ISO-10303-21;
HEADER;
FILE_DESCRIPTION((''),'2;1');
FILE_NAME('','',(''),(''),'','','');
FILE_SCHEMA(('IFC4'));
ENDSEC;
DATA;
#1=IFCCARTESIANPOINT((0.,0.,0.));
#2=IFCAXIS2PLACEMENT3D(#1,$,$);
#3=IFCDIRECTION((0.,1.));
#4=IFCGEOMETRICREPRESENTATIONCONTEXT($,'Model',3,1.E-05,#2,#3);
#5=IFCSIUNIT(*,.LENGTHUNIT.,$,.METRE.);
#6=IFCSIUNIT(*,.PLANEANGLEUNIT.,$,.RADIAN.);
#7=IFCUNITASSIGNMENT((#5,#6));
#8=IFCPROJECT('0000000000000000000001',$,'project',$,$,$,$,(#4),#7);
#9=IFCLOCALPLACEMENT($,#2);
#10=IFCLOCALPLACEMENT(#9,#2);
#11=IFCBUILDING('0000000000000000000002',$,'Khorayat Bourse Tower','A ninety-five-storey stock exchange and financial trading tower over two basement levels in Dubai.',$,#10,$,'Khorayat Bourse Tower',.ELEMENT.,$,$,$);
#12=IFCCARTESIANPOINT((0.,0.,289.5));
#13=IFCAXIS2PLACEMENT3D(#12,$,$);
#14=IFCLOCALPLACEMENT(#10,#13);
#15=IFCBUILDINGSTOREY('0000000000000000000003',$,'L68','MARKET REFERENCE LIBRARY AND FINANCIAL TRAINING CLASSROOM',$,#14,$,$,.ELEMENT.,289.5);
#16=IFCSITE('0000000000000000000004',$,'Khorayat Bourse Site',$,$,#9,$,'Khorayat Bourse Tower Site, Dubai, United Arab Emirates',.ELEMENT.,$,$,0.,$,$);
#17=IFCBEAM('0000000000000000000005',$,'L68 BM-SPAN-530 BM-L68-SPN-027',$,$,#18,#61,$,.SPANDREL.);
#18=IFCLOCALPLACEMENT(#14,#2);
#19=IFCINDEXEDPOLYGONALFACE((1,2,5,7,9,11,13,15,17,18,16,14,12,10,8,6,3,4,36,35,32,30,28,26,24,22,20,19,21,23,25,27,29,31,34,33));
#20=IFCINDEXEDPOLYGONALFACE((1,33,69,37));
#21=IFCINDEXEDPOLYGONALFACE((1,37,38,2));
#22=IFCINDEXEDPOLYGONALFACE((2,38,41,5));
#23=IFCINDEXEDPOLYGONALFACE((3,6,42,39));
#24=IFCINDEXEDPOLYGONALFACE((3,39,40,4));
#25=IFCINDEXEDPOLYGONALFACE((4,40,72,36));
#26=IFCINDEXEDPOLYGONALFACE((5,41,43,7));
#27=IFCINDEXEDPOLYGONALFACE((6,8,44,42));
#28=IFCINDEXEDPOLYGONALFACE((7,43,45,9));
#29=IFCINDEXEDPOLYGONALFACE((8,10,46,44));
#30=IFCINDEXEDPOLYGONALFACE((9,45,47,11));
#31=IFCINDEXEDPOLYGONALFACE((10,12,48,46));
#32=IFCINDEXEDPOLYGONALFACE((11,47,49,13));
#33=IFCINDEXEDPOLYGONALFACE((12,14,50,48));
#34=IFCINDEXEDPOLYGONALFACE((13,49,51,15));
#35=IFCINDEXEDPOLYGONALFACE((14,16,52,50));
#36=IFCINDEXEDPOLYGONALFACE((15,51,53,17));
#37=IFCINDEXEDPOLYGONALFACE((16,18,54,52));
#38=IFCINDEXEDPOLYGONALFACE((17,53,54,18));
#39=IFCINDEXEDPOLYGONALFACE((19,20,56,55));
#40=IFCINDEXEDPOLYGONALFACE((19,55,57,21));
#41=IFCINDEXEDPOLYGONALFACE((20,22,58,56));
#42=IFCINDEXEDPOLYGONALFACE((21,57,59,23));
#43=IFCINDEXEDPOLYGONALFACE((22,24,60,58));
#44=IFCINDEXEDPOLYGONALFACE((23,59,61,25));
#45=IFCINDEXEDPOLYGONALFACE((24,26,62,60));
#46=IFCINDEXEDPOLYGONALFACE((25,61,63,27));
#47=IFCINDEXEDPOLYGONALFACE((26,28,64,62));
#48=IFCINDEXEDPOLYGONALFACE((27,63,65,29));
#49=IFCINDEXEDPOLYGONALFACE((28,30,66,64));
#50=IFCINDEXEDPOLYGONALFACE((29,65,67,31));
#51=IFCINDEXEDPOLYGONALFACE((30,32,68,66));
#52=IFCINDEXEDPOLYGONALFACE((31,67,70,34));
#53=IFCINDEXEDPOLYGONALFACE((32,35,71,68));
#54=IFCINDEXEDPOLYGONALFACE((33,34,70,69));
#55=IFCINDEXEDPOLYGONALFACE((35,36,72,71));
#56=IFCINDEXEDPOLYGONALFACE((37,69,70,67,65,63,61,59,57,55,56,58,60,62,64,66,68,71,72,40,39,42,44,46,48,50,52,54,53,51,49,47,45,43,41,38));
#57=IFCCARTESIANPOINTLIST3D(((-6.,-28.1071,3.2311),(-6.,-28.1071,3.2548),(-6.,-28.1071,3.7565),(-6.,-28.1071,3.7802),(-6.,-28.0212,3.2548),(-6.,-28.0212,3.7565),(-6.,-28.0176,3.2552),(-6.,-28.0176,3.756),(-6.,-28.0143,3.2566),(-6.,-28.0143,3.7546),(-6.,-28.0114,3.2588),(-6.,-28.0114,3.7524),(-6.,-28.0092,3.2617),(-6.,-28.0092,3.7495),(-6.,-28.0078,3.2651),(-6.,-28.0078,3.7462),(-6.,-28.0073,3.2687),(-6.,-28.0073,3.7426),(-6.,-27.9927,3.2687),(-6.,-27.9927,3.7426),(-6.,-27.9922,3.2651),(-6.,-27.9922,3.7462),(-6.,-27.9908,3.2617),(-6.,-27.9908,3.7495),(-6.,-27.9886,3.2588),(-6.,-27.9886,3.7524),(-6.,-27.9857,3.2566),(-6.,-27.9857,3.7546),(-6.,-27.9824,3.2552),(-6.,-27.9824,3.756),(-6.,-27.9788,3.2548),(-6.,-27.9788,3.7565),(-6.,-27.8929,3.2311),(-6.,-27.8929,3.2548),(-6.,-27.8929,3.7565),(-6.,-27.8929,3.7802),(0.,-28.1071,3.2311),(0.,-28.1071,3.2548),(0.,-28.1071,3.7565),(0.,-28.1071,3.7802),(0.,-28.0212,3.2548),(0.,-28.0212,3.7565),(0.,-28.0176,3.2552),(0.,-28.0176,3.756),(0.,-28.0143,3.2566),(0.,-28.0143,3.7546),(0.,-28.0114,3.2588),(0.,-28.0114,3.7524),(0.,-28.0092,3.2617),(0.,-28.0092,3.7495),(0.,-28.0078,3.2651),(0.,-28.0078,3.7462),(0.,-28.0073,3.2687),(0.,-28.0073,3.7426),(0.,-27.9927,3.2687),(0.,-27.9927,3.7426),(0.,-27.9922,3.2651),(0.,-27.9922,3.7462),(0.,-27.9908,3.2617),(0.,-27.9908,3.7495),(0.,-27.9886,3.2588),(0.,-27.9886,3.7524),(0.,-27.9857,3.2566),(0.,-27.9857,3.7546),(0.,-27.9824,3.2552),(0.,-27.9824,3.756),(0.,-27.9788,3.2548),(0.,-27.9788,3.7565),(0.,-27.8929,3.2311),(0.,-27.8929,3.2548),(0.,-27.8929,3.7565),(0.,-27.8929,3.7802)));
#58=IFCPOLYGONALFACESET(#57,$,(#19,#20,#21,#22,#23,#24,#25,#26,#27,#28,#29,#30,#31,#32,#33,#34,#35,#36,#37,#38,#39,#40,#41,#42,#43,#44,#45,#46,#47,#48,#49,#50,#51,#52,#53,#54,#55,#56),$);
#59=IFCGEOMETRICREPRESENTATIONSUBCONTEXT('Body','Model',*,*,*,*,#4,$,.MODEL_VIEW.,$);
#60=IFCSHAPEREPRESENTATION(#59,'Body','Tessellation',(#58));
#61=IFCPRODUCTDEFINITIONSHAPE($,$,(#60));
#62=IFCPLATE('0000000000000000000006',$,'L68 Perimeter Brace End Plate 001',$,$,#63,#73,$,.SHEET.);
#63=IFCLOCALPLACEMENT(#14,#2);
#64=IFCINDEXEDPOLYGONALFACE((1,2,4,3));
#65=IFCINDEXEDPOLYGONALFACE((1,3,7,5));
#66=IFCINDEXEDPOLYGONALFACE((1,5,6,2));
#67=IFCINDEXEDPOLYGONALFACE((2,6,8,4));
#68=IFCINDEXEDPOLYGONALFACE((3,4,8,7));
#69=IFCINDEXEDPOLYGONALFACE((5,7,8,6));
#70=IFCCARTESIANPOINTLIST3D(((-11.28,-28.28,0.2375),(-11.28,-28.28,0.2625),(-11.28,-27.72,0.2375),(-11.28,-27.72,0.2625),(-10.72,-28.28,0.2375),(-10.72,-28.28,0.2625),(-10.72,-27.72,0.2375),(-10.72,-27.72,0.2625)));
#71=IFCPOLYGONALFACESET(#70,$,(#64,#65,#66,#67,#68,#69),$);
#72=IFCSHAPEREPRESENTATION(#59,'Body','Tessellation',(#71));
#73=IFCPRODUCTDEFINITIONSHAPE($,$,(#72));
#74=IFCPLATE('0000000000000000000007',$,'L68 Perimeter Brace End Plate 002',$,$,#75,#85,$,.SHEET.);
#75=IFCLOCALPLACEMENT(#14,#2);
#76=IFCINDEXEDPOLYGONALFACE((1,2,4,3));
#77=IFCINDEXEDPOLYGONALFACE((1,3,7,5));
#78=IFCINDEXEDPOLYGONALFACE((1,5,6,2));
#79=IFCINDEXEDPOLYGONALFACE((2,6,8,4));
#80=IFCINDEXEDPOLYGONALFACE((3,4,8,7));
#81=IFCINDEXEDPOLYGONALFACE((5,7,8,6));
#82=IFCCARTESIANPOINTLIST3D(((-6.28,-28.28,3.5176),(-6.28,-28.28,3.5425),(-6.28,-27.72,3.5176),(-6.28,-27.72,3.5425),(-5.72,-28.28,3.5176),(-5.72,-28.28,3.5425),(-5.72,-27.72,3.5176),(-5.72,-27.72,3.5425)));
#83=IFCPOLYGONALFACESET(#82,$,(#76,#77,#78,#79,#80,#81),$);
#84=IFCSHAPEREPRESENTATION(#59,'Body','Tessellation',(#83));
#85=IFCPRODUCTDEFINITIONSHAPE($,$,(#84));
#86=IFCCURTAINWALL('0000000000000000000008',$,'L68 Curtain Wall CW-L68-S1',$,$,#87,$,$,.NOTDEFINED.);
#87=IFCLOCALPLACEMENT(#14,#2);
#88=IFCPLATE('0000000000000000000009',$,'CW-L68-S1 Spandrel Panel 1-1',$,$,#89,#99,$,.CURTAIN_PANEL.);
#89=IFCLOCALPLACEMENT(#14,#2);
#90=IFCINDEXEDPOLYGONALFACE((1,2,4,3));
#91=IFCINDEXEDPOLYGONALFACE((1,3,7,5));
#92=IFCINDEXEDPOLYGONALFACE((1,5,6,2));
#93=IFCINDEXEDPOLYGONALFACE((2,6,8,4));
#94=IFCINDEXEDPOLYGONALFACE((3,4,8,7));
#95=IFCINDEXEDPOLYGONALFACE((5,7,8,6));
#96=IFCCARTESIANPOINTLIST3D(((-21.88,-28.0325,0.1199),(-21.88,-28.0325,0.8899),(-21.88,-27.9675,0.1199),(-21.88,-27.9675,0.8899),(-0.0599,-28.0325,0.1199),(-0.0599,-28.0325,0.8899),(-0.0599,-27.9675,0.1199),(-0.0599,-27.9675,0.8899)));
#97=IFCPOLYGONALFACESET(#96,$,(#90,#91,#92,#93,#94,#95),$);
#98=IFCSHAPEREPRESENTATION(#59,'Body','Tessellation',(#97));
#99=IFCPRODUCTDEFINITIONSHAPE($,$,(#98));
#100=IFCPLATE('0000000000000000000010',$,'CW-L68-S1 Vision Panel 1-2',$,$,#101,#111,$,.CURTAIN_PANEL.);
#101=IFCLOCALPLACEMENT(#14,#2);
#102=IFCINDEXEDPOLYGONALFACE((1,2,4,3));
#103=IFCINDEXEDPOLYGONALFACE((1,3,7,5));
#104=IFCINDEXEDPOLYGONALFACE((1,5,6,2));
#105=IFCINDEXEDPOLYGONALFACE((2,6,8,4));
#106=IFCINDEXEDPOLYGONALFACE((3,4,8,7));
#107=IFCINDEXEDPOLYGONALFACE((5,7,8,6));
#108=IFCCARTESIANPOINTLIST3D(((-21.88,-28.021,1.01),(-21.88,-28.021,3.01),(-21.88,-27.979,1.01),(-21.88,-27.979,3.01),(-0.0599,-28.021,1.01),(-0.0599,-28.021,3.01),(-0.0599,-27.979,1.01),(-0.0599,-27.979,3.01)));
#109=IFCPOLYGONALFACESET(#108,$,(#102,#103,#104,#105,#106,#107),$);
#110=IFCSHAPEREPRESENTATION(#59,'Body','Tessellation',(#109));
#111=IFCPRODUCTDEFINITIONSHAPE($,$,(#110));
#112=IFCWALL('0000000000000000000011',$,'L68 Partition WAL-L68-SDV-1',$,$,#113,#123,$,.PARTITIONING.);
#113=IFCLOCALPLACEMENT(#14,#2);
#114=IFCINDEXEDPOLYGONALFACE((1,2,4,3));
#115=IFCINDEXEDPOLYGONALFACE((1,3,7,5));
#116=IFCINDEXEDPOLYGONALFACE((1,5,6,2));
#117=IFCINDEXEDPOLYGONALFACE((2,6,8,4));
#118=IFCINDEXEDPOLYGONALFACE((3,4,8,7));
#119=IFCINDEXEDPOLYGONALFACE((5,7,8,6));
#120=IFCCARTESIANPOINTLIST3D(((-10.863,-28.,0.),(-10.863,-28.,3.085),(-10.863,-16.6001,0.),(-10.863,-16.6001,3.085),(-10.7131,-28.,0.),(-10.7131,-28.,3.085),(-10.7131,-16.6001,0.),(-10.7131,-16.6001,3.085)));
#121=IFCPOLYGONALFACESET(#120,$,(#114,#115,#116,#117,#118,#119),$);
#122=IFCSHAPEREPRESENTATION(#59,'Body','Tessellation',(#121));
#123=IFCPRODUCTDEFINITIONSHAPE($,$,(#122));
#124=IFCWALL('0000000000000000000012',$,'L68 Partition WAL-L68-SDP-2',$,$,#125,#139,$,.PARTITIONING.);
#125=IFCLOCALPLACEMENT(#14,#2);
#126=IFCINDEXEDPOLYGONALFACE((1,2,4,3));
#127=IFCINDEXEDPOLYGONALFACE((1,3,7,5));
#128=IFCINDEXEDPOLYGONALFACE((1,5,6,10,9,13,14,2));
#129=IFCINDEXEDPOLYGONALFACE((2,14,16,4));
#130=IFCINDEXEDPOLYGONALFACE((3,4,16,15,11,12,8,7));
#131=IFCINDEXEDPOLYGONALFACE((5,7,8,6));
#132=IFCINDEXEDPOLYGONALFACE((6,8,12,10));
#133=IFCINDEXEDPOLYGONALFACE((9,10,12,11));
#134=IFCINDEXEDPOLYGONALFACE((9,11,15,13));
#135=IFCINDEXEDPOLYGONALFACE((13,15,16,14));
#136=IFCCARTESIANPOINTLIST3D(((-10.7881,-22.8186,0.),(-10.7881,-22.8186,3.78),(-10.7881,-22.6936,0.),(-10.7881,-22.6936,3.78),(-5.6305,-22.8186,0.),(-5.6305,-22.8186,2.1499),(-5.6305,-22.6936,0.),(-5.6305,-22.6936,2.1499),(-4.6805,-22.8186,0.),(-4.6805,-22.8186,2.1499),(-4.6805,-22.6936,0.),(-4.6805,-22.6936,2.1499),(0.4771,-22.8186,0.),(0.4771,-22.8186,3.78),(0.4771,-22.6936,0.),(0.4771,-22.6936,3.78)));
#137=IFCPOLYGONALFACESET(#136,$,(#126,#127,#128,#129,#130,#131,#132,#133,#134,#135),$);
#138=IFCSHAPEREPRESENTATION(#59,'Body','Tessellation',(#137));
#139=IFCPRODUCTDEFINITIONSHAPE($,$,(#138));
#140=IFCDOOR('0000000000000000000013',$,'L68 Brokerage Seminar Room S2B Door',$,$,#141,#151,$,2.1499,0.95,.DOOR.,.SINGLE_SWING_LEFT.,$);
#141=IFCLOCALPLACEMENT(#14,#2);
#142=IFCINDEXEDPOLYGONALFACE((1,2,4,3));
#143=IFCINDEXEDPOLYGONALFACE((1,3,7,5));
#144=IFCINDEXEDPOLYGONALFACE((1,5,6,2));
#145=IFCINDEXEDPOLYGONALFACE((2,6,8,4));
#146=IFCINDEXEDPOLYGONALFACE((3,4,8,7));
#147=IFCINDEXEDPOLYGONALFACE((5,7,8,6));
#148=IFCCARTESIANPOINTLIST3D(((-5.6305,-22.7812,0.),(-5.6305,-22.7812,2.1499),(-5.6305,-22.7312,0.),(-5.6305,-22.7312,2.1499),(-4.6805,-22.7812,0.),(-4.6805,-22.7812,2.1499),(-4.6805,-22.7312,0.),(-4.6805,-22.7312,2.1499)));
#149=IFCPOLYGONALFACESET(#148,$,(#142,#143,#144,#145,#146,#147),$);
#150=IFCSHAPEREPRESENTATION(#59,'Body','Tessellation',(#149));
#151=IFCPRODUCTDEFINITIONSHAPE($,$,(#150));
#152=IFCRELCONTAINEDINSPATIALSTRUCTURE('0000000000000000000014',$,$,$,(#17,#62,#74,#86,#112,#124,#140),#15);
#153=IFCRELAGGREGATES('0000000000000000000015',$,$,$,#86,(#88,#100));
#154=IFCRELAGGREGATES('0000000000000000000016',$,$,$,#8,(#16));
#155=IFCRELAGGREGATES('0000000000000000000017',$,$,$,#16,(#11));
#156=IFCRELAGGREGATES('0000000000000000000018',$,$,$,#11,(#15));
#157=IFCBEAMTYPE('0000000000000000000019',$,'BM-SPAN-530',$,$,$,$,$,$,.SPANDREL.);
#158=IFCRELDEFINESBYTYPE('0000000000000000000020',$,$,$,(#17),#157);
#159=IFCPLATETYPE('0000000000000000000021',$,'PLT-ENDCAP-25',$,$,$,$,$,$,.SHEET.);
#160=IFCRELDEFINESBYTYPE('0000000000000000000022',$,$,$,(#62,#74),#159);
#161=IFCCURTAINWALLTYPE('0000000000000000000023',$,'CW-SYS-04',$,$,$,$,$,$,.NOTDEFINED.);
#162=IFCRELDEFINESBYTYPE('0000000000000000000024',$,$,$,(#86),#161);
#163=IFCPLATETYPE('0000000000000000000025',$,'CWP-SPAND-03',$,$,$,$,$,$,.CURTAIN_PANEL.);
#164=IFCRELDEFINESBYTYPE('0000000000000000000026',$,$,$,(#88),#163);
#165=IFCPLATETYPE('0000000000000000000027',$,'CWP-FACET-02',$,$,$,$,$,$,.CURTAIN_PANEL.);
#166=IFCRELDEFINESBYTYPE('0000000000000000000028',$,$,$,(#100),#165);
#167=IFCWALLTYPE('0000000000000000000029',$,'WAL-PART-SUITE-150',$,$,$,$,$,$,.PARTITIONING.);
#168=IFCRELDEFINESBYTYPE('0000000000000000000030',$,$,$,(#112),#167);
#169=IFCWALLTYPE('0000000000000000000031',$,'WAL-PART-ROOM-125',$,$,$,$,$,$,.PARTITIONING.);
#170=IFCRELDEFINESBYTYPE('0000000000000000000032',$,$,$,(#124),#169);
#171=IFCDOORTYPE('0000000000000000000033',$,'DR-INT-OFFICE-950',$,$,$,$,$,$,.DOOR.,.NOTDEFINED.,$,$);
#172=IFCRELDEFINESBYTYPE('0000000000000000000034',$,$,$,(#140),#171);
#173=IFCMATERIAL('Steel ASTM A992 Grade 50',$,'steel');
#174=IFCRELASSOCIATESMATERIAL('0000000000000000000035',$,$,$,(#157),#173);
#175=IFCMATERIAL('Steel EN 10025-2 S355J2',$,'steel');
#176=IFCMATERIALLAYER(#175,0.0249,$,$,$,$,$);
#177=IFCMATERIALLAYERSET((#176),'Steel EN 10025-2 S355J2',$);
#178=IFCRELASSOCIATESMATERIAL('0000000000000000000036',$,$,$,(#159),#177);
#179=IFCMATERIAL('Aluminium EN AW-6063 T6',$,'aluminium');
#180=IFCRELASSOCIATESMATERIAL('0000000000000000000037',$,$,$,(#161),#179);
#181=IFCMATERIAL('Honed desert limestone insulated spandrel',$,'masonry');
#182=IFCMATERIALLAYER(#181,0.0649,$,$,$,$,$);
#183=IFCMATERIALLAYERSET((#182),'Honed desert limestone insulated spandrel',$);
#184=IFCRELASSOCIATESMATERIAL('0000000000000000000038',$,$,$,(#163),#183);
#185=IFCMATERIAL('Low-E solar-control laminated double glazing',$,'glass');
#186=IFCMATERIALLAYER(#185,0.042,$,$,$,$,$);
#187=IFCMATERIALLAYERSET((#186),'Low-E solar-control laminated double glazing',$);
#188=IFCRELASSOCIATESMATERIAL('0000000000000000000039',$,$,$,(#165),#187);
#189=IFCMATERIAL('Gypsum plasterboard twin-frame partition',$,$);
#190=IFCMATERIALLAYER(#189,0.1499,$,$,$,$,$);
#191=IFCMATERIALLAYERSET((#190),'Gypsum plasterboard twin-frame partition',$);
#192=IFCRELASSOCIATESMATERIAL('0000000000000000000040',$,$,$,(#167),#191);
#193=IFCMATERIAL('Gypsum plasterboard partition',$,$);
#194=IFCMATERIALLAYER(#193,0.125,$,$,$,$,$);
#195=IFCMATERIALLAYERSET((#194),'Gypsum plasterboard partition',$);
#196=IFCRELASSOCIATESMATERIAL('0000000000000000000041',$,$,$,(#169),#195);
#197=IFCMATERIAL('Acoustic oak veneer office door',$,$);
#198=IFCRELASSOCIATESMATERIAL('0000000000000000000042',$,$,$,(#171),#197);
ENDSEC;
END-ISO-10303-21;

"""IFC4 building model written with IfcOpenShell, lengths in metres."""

from ifc_helpers import new_model, si_unit, direction, frame, frame_2d, origin, origin_2d, place, context, subcontext, project, spatial, rectangle, i_section, extrude, source, transform, mapped, material, layer, layer_set, material_profile, profile_set, type_object, element, fill, aggregate, save


model = new_model("IFC4")

# Units and contexts
model_context = context("Model", 3, precision=1e-05, world=origin(), true_north=direction((0.0, 1.0)))
body_context = subcontext(model_context, "Body", "Model", "MODEL_VIEW")
ifc_project = project(units=[si_unit("LENGTHUNIT", "METRE"), si_unit("PLANEANGLEUNIT", "RADIAN")], contexts=[model_context])

# Site, building, storey
site_placement = place(None, origin())
site = spatial("IfcSite", under=ifc_project, at=site_placement, Name="Khorayat Bourse Site", LongName="Khorayat Bourse Tower Site, Dubai, United Arab Emirates", CompositionType="ELEMENT", RefElevation=0.0)
building_placement = place(site_placement, origin())
building = spatial("IfcBuilding", under=site, at=building_placement, Name="Khorayat Bourse Tower", Description="A ninety-five-storey stock exchange and financial trading tower over two basement levels in Dubai.", LongName="Khorayat Bourse Tower", CompositionType="ELEMENT")
storey_placement = place(building_placement, frame((0.0, 0.0, 289.5)))
storey = spatial("IfcBuildingStorey", under=building, at=storey_placement, Name="L68", Description="MARKET REFERENCE LIBRARY AND FINANCIAL TRAINING CLASSROOM", CompositionType="ELEMENT", Elevation=289.5)

# Beam
ifc_material_1 = material(Name="Steel ASTM A992 Grade 50", Category="steel")
ifc_material_profile_1 = material_profile(ifc_material_1, i_section(OverallWidth=0.2141, OverallDepth=0.5491, WebThickness=0.0146, FlangeThickness=0.0237, FilletRadius=0.0139, at=origin_2d()), Name="W530X138")
ifc_profile_set_1 = profile_set([ifc_material_profile_1], Name="Steel ASTM A992 Grade 50")
beam_type_1 = type_object("IfcBeamType", Name="BM-SPAN-530", PredefinedType="SPANDREL", material=ifc_profile_set_1)
shared_shape_1 = source(origin(), body_context, "Body", "SweptSolid", [
    extrude(i_section(OverallWidth=0.2141, OverallDepth=0.5491, WebThickness=0.0146, FlangeThickness=0.0237, FilletRadius=0.0139, at=origin_2d()), origin(), (0.0, 0.0, 1.0), 6.0),
])
beam_1_placement = place(storey_placement, frame((-6.0, -28.0, 3.5056), z_axis=(1.0, 0.0, 0.0), x_axis=(0.0, 1.0, 0.0)))
element("IfcBeam", 1, at=beam_1_placement, inside=storey, type_object=beam_type_1, Name="L68 BM-SPAN-530 BM-L68-SPN-027", PredefinedType="SPANDREL", context=body_context, shape_type="MappedRepresentation", body=[
    mapped(shared_shape_1, transform((0.0, 0.0, 0.0), scale=1.0)),
])

# Plates
ifc_material_2 = material(Name="Steel EN 10025-2 S355J2", Category="steel")
ifc_layer_1 = layer(ifc_material_2, 0.0249)
ifc_layer_set_1 = layer_set([ifc_layer_1], Name="Steel EN 10025-2 S355J2")
plate_type_1 = type_object("IfcPlateType", Name="PLT-ENDCAP-25", PredefinedType="SHEET", material=ifc_layer_set_1)
shared_shape_2 = source(origin(), body_context, "Body", "SweptSolid", [
    extrude(rectangle(XDim=0.5601, YDim=0.5601, at=origin_2d()), origin(), (0.0, 0.0, 1.0), 0.0249),
])
for number, where, z_axis, x_axis, name in (
    (2, (-11.0, -28.0, 0.2375), (0.0, 0.0, 1.0), (1.0, 0.0, 0.0), "L68 Perimeter Brace End Plate 001"),
    (3, (-6.0, -28.0, 3.5176), (0.0, 0.0, 1.0), (1.0, 0.0, 0.0), "L68 Perimeter Brace End Plate 002"),
):
    element("IfcPlate", number, at=place(storey_placement, frame(where, z_axis=z_axis, x_axis=x_axis)), inside=storey, type_object=plate_type_1, Name=name, PredefinedType="SHEET", context=body_context, shape_type="MappedRepresentation", body=[
        mapped(shared_shape_2, transform((0.0, 0.0, 0.0), scale=1.0)),
    ])

# Curtain wall, plates
ifc_material_3 = material(Name="Aluminium EN AW-6063 T6", Category="aluminium")
curtain_wall_type = type_object("IfcCurtainWallType", Name="CW-SYS-04", PredefinedType="NOTDEFINED", material=ifc_material_3)
curtain_wall_placement = place(storey_placement, origin())
curtain_wall = element("IfcCurtainWall", 4, at=curtain_wall_placement, inside=storey, type_object=curtain_wall_type, Name="L68 Curtain Wall CW-L68-S1", PredefinedType="NOTDEFINED")
ifc_material_4 = material(Name="Honed desert limestone insulated spandrel", Category="masonry")
ifc_layer_2 = layer(ifc_material_4, 0.0649)
ifc_layer_set_2 = layer_set([ifc_layer_2], Name="Honed desert limestone insulated spandrel")
plate_type_2 = type_object("IfcPlateType", Name="CWP-SPAND-03", PredefinedType="CURTAIN_PANEL", material=ifc_layer_set_2)
shared_shape_3 = source(origin(), body_context, "Body", "SweptSolid", [
    extrude(rectangle(XDim=21.8201, YDim=0.0649, at=origin_2d()), origin(), (0.0, 0.0, 1.0), 0.77),
])
plate_1_placement = place(storey_placement, frame((-10.97, -28.0, 0.1199), z_axis=(0.0, 0.0, 1.0), x_axis=(1.0, 0.0, 0.0)))
plate_1 = element("IfcPlate", 5, at=plate_1_placement, type_object=plate_type_2, Name="CW-L68-S1 Spandrel Panel 1-1", PredefinedType="CURTAIN_PANEL", context=body_context, shape_type="MappedRepresentation", body=[
    mapped(shared_shape_3, transform((0.0, 0.0, 0.0), scale=1.0)),
])
ifc_material_5 = material(Name="Low-E solar-control laminated double glazing", Category="glass")
ifc_layer_3 = layer(ifc_material_5, 0.042)
ifc_layer_set_3 = layer_set([ifc_layer_3], Name="Low-E solar-control laminated double glazing")
plate_type_3 = type_object("IfcPlateType", Name="CWP-FACET-02", PredefinedType="CURTAIN_PANEL", material=ifc_layer_set_3)
shared_shape_4 = source(origin(), body_context, "Body", "SweptSolid", [
    extrude(rectangle(XDim=21.8201, YDim=0.042, at=origin_2d()), origin(), (0.0, 0.0, 1.0), 2.0),
])
plate_2_placement = place(storey_placement, frame((-10.97, -28.0, 1.01), z_axis=(0.0, 0.0, 1.0), x_axis=(1.0, 0.0, 0.0)))
plate_2 = element("IfcPlate", 6, at=plate_2_placement, type_object=plate_type_3, Name="CW-L68-S1 Vision Panel 1-2", PredefinedType="CURTAIN_PANEL", context=body_context, shape_type="MappedRepresentation", body=[
    mapped(shared_shape_4, transform((0.0, 0.0, 0.0), scale=1.0)),
])
aggregate(curtain_wall, [plate_1, plate_2])

# Wall
ifc_material_6 = material(Name="Gypsum plasterboard twin-frame partition")
ifc_layer_4 = layer(ifc_material_6, 0.1499)
ifc_layer_set_4 = layer_set([ifc_layer_4], Name="Gypsum plasterboard twin-frame partition")
wall_type_1 = type_object("IfcWallType", Name="WAL-PART-SUITE-150", PredefinedType="PARTITIONING", material=ifc_layer_set_4)
shared_shape_5 = source(origin(), body_context, "Body", "SweptSolid", [
    extrude(rectangle(XDim=11.3999, YDim=0.1499, at=frame_2d((5.7, 0.0))), origin(), (0.0, 0.0, 1.0), 3.085),
])
wall_1_placement = place(storey_placement, frame((-10.7881, -28.0, 0.0), z_axis=(0.0, 0.0, 1.0), x_axis=(0.0, 1.0, 0.0)))
element("IfcWall", 7, at=wall_1_placement, inside=storey, type_object=wall_type_1, Name="L68 Partition WAL-L68-SDV-1", PredefinedType="PARTITIONING", context=body_context, shape_type="MappedRepresentation", body=[
    mapped(shared_shape_5, transform((0.0, 0.0, 0.0), scale=1.0)),
])

# Wall, opening, door
ifc_material_7 = material(Name="Gypsum plasterboard partition")
ifc_layer_5 = layer(ifc_material_7, 0.125)
ifc_layer_set_5 = layer_set([ifc_layer_5], Name="Gypsum plasterboard partition")
wall_type_2 = type_object("IfcWallType", Name="WAL-PART-ROOM-125", PredefinedType="PARTITIONING", material=ifc_layer_set_5)
shared_shape_6 = source(origin(), body_context, "Body", "SweptSolid", [
    extrude(rectangle(XDim=11.2651, YDim=0.125, at=frame_2d((5.6326, 0.0))), origin(), (0.0, 0.0, 1.0), 3.78),
])
wall_2_placement = place(storey_placement, frame((-10.7881, -22.7561, 0.0), z_axis=(0.0, 0.0, 1.0), x_axis=(1.0, 0.0, 0.0)))
wall_2 = element("IfcWall", 8, at=wall_2_placement, inside=storey, type_object=wall_type_2, Name="L68 Partition WAL-L68-SDP-2", PredefinedType="PARTITIONING", context=body_context, shape_type="MappedRepresentation", body=[
    mapped(shared_shape_6, transform((0.0, 0.0, 0.0), scale=1.0)),
])
shared_shape_7 = source(origin(), body_context, "Body", "SweptSolid", [
    extrude(rectangle(XDim=0.95, YDim=2.1499, at=frame_2d((0.4751, 1.075))), frame((0.0, 0.0725, 0.0), z_axis=(0.0, -1.0, 0.0), x_axis=(1.0, 0.0, 0.0)), (0.0, 0.0, 1.0), 0.145),
])
opening_placement = place(wall_2_placement, frame((5.1575, 0.0, 0.0)))
opening = element("IfcOpeningElement", 9, at=opening_placement, cuts=wall_2, PredefinedType="OPENING", context=body_context, shape_type="MappedRepresentation", body=[
    mapped(shared_shape_7, transform((0.0, 0.0, 0.0), scale=1.0)),
])
ifc_material_8 = material(Name="Acoustic oak veneer office door")
door_type = type_object("IfcDoorType", Name="DR-INT-OFFICE-950", OperationType="NOTDEFINED", PredefinedType="DOOR", material=ifc_material_8)
shared_shape_8 = source(origin(), body_context, "Body", "SweptSolid", [
    extrude(rectangle(XDim=0.95, YDim=2.1499, at=frame_2d((0.4751, 1.075))), frame((0.0, 0.0249, 0.0), z_axis=(0.0, -1.0, 0.0), x_axis=(1.0, 0.0, 0.0)), (0.0, 0.0, 1.0), 0.05),
])
door_placement = place(opening_placement, origin())
door = element("IfcDoor", 10, at=door_placement, inside=storey, type_object=door_type, Name="L68 Brokerage Seminar Room S2B Door", OperationType="SINGLE_SWING_LEFT", OverallHeight=2.1499, OverallWidth=0.95, PredefinedType="DOOR", context=body_context, shape_type="MappedRepresentation", body=[
    mapped(shared_shape_8, transform((0.0, 0.0, 0.0), scale=1.0)),
])
fill(opening, door)

save(model, "model.ifc")
